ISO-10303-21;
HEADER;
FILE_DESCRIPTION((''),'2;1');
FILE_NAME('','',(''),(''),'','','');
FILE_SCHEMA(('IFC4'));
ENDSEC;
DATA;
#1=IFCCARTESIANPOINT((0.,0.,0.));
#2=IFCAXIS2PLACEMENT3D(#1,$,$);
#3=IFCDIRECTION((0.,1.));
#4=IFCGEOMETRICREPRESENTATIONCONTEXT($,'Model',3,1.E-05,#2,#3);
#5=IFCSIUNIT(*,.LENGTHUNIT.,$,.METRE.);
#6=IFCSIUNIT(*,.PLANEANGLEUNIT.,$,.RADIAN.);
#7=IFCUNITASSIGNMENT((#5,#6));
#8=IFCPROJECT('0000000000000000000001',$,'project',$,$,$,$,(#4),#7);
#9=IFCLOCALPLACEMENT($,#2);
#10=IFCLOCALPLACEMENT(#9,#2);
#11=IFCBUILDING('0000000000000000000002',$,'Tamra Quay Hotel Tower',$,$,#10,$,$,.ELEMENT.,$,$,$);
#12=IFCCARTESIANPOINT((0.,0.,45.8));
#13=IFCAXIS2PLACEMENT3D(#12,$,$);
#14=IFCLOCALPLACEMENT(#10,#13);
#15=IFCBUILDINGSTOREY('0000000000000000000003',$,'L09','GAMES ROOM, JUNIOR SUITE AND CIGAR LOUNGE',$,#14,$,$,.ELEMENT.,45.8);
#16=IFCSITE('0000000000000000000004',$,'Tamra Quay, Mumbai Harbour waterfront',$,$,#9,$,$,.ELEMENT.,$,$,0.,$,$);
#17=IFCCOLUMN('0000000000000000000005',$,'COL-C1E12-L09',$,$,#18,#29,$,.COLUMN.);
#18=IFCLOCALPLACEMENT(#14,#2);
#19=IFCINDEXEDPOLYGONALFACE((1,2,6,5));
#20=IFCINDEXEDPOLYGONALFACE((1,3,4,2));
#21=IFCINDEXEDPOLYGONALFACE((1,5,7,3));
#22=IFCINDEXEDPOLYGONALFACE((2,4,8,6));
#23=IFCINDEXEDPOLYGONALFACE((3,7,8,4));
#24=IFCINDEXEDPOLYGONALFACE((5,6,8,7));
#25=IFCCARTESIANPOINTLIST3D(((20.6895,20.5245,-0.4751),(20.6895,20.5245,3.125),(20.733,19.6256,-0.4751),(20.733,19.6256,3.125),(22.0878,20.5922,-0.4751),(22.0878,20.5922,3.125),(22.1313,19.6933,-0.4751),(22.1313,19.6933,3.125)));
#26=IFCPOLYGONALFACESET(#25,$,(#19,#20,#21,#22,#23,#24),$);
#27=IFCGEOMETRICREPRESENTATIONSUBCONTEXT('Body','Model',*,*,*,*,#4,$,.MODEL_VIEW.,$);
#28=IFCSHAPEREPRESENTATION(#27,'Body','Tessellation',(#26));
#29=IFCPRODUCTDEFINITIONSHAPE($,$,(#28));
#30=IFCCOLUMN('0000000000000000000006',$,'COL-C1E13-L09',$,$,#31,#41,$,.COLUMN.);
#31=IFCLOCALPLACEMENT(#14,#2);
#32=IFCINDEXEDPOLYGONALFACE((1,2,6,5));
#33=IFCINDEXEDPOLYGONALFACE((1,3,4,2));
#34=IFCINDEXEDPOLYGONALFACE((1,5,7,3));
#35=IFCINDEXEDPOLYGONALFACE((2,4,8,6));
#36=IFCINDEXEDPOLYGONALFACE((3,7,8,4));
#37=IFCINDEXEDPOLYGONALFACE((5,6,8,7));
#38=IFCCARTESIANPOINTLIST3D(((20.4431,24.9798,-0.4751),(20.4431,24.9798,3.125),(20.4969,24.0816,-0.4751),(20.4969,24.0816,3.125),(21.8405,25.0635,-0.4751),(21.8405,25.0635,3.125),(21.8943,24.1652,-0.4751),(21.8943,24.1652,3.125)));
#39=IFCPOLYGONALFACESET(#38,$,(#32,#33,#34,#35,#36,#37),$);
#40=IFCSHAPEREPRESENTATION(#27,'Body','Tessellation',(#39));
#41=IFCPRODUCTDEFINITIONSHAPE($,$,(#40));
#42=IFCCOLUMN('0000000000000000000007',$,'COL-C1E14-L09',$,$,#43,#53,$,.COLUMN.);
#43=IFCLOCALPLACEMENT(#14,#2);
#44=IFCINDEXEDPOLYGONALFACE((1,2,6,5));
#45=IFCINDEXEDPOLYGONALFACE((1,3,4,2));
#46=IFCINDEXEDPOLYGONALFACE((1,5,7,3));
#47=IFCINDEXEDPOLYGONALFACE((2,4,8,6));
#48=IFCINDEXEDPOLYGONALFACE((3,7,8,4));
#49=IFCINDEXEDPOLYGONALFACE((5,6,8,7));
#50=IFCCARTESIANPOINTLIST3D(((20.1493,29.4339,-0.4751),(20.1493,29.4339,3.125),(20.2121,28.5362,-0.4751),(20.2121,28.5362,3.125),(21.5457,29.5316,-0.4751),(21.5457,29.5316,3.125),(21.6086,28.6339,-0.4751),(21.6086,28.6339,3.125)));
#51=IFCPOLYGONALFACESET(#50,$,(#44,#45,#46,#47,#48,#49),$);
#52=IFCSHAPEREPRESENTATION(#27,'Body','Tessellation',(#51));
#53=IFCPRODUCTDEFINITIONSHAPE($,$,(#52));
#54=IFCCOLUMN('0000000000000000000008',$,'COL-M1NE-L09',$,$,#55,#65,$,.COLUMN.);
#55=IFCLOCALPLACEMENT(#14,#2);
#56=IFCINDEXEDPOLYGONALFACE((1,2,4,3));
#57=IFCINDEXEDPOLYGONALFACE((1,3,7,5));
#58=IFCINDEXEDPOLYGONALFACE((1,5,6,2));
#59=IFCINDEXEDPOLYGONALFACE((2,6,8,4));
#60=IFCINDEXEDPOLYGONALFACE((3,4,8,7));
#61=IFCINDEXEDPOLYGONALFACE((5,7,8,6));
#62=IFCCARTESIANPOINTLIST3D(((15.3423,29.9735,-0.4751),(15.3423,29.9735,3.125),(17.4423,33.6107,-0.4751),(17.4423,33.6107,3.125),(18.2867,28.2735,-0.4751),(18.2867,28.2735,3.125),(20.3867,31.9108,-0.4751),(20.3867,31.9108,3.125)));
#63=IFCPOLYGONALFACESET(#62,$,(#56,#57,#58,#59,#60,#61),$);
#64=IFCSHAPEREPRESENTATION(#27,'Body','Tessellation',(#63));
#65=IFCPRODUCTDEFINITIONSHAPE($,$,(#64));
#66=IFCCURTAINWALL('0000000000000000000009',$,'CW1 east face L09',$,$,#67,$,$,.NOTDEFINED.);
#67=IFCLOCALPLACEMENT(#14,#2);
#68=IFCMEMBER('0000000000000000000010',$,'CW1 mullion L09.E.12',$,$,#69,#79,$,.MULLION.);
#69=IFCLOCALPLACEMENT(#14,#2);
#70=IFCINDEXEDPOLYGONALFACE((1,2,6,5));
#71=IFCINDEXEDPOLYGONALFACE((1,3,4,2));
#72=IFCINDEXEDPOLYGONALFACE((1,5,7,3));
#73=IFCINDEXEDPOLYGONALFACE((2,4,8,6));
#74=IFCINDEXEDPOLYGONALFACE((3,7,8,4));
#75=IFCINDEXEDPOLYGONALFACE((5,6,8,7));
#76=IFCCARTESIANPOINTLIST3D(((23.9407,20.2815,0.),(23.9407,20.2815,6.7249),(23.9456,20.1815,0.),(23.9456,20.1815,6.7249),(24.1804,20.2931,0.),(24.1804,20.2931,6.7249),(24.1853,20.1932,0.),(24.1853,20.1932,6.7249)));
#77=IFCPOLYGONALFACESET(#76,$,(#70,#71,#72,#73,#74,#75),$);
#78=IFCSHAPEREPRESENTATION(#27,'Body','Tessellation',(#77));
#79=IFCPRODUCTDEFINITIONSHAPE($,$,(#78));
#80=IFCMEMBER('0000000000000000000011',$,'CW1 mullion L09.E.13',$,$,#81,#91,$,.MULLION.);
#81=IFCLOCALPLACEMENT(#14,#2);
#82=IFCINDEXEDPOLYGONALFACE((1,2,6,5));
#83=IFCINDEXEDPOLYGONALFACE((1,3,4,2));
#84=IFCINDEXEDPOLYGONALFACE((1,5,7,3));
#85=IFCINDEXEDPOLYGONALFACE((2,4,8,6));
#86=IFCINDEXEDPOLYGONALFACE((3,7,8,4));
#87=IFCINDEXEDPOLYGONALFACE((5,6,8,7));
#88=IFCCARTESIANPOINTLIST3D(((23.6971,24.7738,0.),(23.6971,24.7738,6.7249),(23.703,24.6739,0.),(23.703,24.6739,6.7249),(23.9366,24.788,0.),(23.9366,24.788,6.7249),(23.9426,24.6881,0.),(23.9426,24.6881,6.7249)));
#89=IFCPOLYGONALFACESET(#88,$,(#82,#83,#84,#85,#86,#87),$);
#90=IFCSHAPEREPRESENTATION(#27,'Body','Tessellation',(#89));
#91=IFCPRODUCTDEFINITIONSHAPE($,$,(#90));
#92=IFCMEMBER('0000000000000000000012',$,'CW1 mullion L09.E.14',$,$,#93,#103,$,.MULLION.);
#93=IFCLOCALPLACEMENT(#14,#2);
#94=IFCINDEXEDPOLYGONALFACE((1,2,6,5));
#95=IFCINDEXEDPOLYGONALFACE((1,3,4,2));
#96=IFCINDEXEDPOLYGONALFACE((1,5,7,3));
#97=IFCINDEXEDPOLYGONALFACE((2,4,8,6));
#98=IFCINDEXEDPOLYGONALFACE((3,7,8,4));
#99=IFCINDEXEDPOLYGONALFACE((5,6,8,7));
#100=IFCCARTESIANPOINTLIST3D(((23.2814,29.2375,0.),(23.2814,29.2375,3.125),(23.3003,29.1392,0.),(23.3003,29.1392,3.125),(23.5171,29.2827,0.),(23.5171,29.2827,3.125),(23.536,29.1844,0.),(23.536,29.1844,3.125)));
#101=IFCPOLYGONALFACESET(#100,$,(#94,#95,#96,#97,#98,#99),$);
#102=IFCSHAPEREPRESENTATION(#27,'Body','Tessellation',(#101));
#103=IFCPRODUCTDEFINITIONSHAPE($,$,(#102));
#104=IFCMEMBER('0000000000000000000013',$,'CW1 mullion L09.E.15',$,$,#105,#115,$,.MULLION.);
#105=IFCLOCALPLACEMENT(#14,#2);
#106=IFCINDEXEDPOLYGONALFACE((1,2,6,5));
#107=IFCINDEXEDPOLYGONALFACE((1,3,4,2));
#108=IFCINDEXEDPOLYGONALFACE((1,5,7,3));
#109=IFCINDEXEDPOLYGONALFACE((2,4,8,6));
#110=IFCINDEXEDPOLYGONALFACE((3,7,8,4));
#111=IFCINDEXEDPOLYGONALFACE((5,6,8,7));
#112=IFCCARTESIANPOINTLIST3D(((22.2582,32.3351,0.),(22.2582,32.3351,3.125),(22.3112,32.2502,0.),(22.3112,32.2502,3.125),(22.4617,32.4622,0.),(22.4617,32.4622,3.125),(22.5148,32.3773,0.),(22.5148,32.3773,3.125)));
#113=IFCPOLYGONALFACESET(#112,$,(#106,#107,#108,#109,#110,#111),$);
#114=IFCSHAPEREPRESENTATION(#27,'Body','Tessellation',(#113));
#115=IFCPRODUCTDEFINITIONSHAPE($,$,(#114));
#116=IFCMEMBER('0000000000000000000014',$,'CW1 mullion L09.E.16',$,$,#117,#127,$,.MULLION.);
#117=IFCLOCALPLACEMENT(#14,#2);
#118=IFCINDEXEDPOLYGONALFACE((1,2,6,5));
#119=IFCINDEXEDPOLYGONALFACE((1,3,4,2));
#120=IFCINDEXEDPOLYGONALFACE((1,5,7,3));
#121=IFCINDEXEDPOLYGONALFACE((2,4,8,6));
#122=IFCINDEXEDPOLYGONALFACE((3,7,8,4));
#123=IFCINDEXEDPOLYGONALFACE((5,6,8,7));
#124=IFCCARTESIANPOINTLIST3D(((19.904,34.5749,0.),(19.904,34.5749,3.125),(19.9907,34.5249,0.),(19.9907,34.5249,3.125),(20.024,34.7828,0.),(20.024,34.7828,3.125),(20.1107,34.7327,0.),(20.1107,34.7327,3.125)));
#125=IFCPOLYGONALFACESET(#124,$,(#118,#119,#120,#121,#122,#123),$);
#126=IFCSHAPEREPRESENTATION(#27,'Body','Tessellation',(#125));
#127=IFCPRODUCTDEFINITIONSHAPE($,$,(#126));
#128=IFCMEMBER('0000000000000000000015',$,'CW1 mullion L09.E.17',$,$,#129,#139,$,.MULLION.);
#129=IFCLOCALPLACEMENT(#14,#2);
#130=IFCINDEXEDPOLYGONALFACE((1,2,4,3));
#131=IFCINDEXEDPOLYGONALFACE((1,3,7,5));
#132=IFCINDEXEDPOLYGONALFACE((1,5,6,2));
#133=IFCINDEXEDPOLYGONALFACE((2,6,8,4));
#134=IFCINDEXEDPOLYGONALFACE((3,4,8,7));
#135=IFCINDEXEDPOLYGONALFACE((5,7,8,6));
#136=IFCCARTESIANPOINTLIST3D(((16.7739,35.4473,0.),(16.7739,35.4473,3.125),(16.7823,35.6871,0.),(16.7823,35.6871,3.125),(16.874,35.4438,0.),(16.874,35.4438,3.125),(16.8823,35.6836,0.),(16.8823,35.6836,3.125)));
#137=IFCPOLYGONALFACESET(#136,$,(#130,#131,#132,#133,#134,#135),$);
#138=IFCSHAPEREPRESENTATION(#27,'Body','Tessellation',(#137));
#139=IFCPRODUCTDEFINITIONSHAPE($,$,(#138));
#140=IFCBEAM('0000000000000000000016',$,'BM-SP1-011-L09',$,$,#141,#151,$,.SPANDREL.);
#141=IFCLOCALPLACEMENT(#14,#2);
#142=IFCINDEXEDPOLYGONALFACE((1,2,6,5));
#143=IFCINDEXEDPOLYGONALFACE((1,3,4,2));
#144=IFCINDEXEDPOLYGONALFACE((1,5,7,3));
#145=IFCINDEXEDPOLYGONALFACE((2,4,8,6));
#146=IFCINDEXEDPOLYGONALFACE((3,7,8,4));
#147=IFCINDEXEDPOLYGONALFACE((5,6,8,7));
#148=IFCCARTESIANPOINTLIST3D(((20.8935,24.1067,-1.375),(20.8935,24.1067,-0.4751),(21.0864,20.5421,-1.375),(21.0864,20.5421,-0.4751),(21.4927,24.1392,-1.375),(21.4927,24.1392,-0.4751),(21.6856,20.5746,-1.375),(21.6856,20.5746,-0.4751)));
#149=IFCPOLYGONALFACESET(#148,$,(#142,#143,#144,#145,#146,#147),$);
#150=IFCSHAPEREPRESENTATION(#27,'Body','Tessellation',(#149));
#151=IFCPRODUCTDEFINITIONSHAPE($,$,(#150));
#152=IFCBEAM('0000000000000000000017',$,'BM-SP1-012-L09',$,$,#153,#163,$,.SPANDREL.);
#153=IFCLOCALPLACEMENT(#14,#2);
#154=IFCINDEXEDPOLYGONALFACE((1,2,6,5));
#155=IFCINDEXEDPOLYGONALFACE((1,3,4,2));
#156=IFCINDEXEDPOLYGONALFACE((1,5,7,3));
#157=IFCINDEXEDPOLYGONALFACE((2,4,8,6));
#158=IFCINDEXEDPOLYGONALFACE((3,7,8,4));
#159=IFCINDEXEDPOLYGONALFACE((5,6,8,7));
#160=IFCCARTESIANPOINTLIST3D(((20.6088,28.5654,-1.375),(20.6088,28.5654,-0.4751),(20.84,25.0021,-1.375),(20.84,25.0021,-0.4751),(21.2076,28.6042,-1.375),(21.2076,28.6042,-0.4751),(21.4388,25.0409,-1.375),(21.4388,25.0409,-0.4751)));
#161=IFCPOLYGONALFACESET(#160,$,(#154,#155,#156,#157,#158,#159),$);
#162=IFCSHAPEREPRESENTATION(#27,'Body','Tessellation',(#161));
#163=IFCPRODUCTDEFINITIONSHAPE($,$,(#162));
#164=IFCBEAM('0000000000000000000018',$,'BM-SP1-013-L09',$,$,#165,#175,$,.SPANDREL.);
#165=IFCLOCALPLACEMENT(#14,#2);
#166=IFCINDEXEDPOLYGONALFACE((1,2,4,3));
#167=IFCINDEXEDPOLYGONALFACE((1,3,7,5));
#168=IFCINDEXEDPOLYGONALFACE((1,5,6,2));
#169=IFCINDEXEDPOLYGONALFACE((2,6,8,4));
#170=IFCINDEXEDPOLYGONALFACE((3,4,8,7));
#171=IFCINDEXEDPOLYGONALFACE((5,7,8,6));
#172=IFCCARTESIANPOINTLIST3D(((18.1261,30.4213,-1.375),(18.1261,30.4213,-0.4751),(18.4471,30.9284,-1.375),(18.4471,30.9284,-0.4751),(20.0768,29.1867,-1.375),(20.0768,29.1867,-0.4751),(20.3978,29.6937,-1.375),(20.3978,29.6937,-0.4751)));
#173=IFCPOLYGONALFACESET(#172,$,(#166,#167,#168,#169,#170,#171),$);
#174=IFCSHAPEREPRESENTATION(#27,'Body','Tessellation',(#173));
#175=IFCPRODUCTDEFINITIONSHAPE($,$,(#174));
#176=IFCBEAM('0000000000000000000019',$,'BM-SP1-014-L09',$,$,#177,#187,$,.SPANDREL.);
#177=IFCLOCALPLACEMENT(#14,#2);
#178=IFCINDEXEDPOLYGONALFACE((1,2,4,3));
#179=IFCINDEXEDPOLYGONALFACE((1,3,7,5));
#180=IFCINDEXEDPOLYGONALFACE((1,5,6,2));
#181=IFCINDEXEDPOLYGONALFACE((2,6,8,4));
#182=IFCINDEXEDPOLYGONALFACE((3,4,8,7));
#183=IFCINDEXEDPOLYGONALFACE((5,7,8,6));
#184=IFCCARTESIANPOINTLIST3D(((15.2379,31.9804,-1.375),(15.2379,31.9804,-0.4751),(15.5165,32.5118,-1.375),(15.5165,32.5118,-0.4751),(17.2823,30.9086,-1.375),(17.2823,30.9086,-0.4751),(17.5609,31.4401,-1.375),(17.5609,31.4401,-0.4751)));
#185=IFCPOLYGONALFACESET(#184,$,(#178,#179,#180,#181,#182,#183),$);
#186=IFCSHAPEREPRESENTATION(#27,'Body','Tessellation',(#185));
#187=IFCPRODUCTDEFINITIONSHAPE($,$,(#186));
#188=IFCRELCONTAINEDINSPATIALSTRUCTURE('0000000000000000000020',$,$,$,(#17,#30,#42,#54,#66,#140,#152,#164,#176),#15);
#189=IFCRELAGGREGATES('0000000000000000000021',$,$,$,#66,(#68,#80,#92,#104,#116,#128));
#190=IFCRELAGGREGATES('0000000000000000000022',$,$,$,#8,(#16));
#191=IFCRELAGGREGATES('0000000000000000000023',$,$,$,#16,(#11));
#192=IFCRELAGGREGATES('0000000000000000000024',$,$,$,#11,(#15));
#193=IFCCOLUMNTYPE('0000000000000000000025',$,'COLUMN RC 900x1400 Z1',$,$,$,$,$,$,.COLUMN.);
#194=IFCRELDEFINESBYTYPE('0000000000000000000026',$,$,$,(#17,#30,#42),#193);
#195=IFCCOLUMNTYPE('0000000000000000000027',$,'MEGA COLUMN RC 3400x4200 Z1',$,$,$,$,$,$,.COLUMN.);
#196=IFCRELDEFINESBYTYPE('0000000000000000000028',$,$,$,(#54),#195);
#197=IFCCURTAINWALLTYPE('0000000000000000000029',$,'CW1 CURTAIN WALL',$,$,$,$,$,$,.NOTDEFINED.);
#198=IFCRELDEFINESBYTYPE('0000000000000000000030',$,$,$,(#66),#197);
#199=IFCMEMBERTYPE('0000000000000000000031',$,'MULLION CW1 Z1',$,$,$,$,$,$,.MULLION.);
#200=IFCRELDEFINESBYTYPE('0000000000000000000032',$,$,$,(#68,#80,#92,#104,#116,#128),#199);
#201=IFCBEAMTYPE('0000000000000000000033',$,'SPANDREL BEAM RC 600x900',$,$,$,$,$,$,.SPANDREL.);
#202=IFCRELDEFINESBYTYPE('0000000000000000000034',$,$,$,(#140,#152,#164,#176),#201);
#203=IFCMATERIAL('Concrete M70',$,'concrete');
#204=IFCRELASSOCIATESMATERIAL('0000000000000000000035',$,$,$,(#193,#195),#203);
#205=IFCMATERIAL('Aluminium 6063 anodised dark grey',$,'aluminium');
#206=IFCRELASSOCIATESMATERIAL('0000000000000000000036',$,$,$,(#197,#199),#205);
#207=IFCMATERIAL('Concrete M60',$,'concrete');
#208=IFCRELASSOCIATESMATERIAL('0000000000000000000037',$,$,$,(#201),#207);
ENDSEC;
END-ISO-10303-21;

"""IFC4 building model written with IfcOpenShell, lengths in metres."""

from ifc_helpers import new_model, si_unit, direction, frame, origin, origin_2d, place, context, subcontext, project, spatial, rectangle, extrude, material, material_profile, profile_set, type_object, element, aggregate, save


model = new_model("IFC4")

# Units and contexts
model_context = context("Model", 3, precision=1e-05, world=origin(), true_north=direction((0.0, 1.0)))
body_context = subcontext(model_context, "Body", "Model", "MODEL_VIEW")
ifc_project = project(units=[si_unit("LENGTHUNIT", "METRE"), si_unit("PLANEANGLEUNIT", "RADIAN")], contexts=[model_context])

# Site, building, storey
site_placement = place(None, origin())
site = spatial("IfcSite", under=ifc_project, at=site_placement, Name="Tamra Quay, Mumbai Harbour waterfront", CompositionType="ELEMENT", RefElevation=0.0)
building_placement = place(site_placement, origin())
building = spatial("IfcBuilding", under=site, at=building_placement, Name="Tamra Quay Hotel Tower", CompositionType="ELEMENT")
storey_placement = place(building_placement, frame((0.0, 0.0, 45.8)))
storey = spatial("IfcBuildingStorey", under=building, at=storey_placement, Name="L09", Description="GAMES ROOM, JUNIOR SUITE AND CIGAR LOUNGE", CompositionType="ELEMENT", Elevation=45.8)

# Columns
ifc_material_1 = material(Name="Concrete M70", Category="concrete")
ifc_material_profile_1 = material_profile(ifc_material_1, rectangle(XDim=1.3999, YDim=0.8999, at=origin_2d()), Name="COLUMN RC 900x1400 Z1")
ifc_profile_set_1 = profile_set([ifc_material_profile_1], Name="Concrete M70")
column_type_1 = type_object("IfcColumnType", Name="COLUMN RC 900x1400 Z1", PredefinedType="COLUMN", material=ifc_profile_set_1)
for number, where, z_axis, x_axis, name in (
    (1, (21.4104, 20.1089, -0.4751), (0.0, 0.0, 1.0), (0.998831, 0.048344, 0.0), "COL-C1E12-L09"),
    (2, (21.1687, 24.5725, -0.4751), (0.0, 0.0, 1.0), (0.998214, 0.059733, 0.0), "COL-C1E13-L09"),
    (3, (20.8789, 29.0339, -0.4751), (0.0, 0.0, 1.0), (0.997562, 0.06979, 0.0), "COL-C1E14-L09"),
):
    element("IfcColumn", number, at=place(storey_placement, frame(where, z_axis=z_axis, x_axis=x_axis)), inside=storey, type_object=column_type_1, Name=name, PredefinedType="COLUMN", context=body_context, shape_type="SweptSolid", body=[
        extrude(rectangle(XDim=1.3999, YDim=0.8999, at=origin_2d()), origin(), (0.0, 0.0, 1.0), 3.6001),
    ])
ifc_material_profile_2 = material_profile(ifc_material_1, rectangle(XDim=4.2, YDim=3.3999, at=origin_2d()), Name="MEGA COLUMN RC 3400x4200 Z1")
ifc_profile_set_2 = profile_set([ifc_material_profile_2], Name="Concrete M70")
column_type_2 = type_object("IfcColumnType", Name="MEGA COLUMN RC 3400x4200 Z1", PredefinedType="COLUMN", material=ifc_profile_set_2)
column_placement = place(storey_placement, frame((17.8645, 30.9421, -0.4751), z_axis=(0.0, 0.0, 1.0), x_axis=(0.5, 0.866025, 0.0)))
element("IfcColumn", 4, at=column_placement, inside=storey, type_object=column_type_2, Name="COL-M1NE-L09", PredefinedType="COLUMN", context=body_context, shape_type="SweptSolid", body=[
    extrude(rectangle(XDim=4.2, YDim=3.3999, at=origin_2d()), origin(), (0.0, 0.0, 1.0), 3.6001),
])

# Curtain wall, members
ifc_material_2 = material(Name="Aluminium 6063 anodised dark grey", Category="aluminium")
curtain_wall_type = type_object("IfcCurtainWallType", Name="CW1 CURTAIN WALL", PredefinedType="NOTDEFINED", material=ifc_material_2)
curtain_wall_placement = place(storey_placement, origin())
curtain_wall = element("IfcCurtainWall", 5, at=curtain_wall_placement, inside=storey, type_object=curtain_wall_type, Name="CW1 east face L09", PredefinedType="NOTDEFINED")
ifc_material_profile_3 = material_profile(ifc_material_2, rectangle(XDim=0.24, YDim=0.1001, at=origin_2d()), Name="MULLION 100X240")
ifc_profile_set_3 = profile_set([ifc_material_profile_3], Name="Aluminium 6063 anodised dark grey")
member_type_1 = type_object("IfcMemberType", Name="MULLION CW1 Z1", PredefinedType="MULLION", material=ifc_profile_set_3)
member_1_placement = place(storey_placement, frame((24.063, 20.2373, 0.0), z_axis=(0.0, 0.0, 1.0), x_axis=(0.998815, 0.048674, 0.0)))
member_1 = element("IfcMember", 6, at=member_1_placement, type_object=member_type_1, Name="CW1 mullion L09.E.12", PredefinedType="MULLION", context=body_context, shape_type="SweptSolid", body=[
    extrude(rectangle(XDim=0.24, YDim=0.1001, at=origin_2d()), origin(), (0.0, 0.0, 1.0), 6.7249),
])
member_2_placement = place(storey_placement, frame((23.8198, 24.731, 0.0), z_axis=(0.0, 0.0, 1.0), x_axis=(0.998232, 0.059438, 0.0)))
member_2 = element("IfcMember", 7, at=member_2_placement, type_object=member_type_1, Name="CW1 mullion L09.E.13", PredefinedType="MULLION", context=body_context, shape_type="SweptSolid", body=[
    extrude(rectangle(XDim=0.24, YDim=0.1001, at=origin_2d()), origin(), (0.0, 0.0, 1.0), 6.7249),
])
member_3_placement = place(storey_placement, frame((23.4087, 29.2109, 0.0), z_axis=(0.0, 0.0, 1.0), x_axis=(0.982095, 0.188389, 0.0)))
member_3 = element("IfcMember", 8, at=member_3_placement, type_object=member_type_1, Name="CW1 mullion L09.E.14", PredefinedType="MULLION", context=body_context, shape_type="SweptSolid", body=[
    extrude(rectangle(XDim=0.24, YDim=0.1001, at=origin_2d()), origin(), (0.0, 0.0, 1.0), 3.125),
])
member_4_placement = place(storey_placement, frame((22.3865, 32.3562, 0.0), z_axis=(0.0, 0.0, 1.0), x_axis=(0.848039, 0.529933, 0.0)))
member_4 = element("IfcMember", 9, at=member_4_placement, type_object=member_type_1, Name="CW1 mullion L09.E.15", PredefinedType="MULLION", context=body_context, shape_type="SweptSolid", body=[
    extrude(rectangle(XDim=0.24, YDim=0.1001, at=origin_2d()), origin(), (0.0, 0.0, 1.0), 3.125),
])
member_5_placement = place(storey_placement, frame((20.0073, 34.6538, 0.0), z_axis=(0.0, 0.0, 1.0), x_axis=(0.5, 0.866025, 0.0)))
member_5 = element("IfcMember", 10, at=member_5_placement, type_object=member_type_1, Name="CW1 mullion L09.E.16", PredefinedType="MULLION", context=body_context, shape_type="SweptSolid", body=[
    extrude(rectangle(XDim=0.24, YDim=0.1001, at=origin_2d()), origin(), (0.0, 0.0, 1.0), 3.125),
])
member_6_placement = place(storey_placement, frame((16.8281, 35.5654, 0.0), z_axis=(0.0, 0.0, 1.0), x_axis=(0.034916, 0.99939, 0.0)))
member_6 = element("IfcMember", 11, at=member_6_placement, type_object=member_type_1, Name="CW1 mullion L09.E.17", PredefinedType="MULLION", context=body_context, shape_type="SweptSolid", body=[
    extrude(rectangle(XDim=0.24, YDim=0.1001, at=origin_2d()), origin(), (0.0, 0.0, 1.0), 3.125),
])

# Beams
ifc_material_3 = material(Name="Concrete M60", Category="concrete")
ifc_material_profile_4 = material_profile(ifc_material_3, rectangle(XDim=0.6001, YDim=0.8999, at=origin_2d()), Name="SPANDREL BEAM RC 600x900")
ifc_profile_set_4 = profile_set([ifc_material_profile_4], Name="Concrete M60")
beam_type = type_object("IfcBeamType", Name="SPANDREL BEAM RC 600x900", PredefinedType="SPANDREL", material=ifc_profile_set_4)
beam_1_placement = place(storey_placement, frame((21.386, 20.5583, -0.925), z_axis=(-0.054027, 0.998539, 0.0), x_axis=(-0.998539, -0.054027, 0.0)))
element("IfcBeam", 12, at=beam_1_placement, inside=storey, type_object=beam_type, Name="BM-SP1-011-L09", PredefinedType="SPANDREL", context=body_context, shape_type="SweptSolid", body=[
    extrude(rectangle(XDim=0.6001, YDim=0.8999, at=origin_2d()), origin(), (0.0, 0.0, 1.0), 3.5698),
])
beam_2_placement = place(storey_placement, frame((21.1394, 25.0215, -0.925), z_axis=(-0.064749, 0.997902, 0.0), x_axis=(-0.997902, -0.064749, 0.0)))
element("IfcBeam", 13, at=beam_2_placement, inside=storey, type_object=beam_type, Name="BM-SP1-012-L09", PredefinedType="SPANDREL", context=body_context, shape_type="SweptSolid", body=[
    extrude(rectangle(XDim=0.6001, YDim=0.8999, at=origin_2d()), origin(), (0.0, 0.0, 1.0), 3.5708),
])
beam_3_placement = place(storey_placement, frame((20.2373, 29.4402, -0.925), z_axis=(-0.844978, 0.5348, 0.0), x_axis=(-0.5348, -0.844978, 0.0)))
element("IfcBeam", 14, at=beam_3_placement, inside=storey, type_object=beam_type, Name="BM-SP1-013-L09", PredefinedType="SPANDREL", context=body_context, shape_type="SweptSolid", body=[
    extrude(rectangle(XDim=0.6001, YDim=0.8999, at=origin_2d()), origin(), (0.0, 0.0, 1.0), 2.3086),
])
beam_4_placement = place(storey_placement, frame((17.4216, 31.1743, -0.925), z_axis=(-0.885674, 0.464307, 0.0), x_axis=(-0.464307, -0.885674, 0.0)))
element("IfcBeam", 15, at=beam_4_placement, inside=storey, type_object=beam_type, Name="BM-SP1-014-L09", PredefinedType="SPANDREL", context=body_context, shape_type="SweptSolid", body=[
    extrude(rectangle(XDim=0.6001, YDim=0.8999, at=origin_2d()), origin(), (0.0, 0.0, 1.0), 2.3083),
])

aggregate(curtain_wall, [member_1, member_2, member_3, member_4, member_5, member_6])

save(model, "model.ifc")
